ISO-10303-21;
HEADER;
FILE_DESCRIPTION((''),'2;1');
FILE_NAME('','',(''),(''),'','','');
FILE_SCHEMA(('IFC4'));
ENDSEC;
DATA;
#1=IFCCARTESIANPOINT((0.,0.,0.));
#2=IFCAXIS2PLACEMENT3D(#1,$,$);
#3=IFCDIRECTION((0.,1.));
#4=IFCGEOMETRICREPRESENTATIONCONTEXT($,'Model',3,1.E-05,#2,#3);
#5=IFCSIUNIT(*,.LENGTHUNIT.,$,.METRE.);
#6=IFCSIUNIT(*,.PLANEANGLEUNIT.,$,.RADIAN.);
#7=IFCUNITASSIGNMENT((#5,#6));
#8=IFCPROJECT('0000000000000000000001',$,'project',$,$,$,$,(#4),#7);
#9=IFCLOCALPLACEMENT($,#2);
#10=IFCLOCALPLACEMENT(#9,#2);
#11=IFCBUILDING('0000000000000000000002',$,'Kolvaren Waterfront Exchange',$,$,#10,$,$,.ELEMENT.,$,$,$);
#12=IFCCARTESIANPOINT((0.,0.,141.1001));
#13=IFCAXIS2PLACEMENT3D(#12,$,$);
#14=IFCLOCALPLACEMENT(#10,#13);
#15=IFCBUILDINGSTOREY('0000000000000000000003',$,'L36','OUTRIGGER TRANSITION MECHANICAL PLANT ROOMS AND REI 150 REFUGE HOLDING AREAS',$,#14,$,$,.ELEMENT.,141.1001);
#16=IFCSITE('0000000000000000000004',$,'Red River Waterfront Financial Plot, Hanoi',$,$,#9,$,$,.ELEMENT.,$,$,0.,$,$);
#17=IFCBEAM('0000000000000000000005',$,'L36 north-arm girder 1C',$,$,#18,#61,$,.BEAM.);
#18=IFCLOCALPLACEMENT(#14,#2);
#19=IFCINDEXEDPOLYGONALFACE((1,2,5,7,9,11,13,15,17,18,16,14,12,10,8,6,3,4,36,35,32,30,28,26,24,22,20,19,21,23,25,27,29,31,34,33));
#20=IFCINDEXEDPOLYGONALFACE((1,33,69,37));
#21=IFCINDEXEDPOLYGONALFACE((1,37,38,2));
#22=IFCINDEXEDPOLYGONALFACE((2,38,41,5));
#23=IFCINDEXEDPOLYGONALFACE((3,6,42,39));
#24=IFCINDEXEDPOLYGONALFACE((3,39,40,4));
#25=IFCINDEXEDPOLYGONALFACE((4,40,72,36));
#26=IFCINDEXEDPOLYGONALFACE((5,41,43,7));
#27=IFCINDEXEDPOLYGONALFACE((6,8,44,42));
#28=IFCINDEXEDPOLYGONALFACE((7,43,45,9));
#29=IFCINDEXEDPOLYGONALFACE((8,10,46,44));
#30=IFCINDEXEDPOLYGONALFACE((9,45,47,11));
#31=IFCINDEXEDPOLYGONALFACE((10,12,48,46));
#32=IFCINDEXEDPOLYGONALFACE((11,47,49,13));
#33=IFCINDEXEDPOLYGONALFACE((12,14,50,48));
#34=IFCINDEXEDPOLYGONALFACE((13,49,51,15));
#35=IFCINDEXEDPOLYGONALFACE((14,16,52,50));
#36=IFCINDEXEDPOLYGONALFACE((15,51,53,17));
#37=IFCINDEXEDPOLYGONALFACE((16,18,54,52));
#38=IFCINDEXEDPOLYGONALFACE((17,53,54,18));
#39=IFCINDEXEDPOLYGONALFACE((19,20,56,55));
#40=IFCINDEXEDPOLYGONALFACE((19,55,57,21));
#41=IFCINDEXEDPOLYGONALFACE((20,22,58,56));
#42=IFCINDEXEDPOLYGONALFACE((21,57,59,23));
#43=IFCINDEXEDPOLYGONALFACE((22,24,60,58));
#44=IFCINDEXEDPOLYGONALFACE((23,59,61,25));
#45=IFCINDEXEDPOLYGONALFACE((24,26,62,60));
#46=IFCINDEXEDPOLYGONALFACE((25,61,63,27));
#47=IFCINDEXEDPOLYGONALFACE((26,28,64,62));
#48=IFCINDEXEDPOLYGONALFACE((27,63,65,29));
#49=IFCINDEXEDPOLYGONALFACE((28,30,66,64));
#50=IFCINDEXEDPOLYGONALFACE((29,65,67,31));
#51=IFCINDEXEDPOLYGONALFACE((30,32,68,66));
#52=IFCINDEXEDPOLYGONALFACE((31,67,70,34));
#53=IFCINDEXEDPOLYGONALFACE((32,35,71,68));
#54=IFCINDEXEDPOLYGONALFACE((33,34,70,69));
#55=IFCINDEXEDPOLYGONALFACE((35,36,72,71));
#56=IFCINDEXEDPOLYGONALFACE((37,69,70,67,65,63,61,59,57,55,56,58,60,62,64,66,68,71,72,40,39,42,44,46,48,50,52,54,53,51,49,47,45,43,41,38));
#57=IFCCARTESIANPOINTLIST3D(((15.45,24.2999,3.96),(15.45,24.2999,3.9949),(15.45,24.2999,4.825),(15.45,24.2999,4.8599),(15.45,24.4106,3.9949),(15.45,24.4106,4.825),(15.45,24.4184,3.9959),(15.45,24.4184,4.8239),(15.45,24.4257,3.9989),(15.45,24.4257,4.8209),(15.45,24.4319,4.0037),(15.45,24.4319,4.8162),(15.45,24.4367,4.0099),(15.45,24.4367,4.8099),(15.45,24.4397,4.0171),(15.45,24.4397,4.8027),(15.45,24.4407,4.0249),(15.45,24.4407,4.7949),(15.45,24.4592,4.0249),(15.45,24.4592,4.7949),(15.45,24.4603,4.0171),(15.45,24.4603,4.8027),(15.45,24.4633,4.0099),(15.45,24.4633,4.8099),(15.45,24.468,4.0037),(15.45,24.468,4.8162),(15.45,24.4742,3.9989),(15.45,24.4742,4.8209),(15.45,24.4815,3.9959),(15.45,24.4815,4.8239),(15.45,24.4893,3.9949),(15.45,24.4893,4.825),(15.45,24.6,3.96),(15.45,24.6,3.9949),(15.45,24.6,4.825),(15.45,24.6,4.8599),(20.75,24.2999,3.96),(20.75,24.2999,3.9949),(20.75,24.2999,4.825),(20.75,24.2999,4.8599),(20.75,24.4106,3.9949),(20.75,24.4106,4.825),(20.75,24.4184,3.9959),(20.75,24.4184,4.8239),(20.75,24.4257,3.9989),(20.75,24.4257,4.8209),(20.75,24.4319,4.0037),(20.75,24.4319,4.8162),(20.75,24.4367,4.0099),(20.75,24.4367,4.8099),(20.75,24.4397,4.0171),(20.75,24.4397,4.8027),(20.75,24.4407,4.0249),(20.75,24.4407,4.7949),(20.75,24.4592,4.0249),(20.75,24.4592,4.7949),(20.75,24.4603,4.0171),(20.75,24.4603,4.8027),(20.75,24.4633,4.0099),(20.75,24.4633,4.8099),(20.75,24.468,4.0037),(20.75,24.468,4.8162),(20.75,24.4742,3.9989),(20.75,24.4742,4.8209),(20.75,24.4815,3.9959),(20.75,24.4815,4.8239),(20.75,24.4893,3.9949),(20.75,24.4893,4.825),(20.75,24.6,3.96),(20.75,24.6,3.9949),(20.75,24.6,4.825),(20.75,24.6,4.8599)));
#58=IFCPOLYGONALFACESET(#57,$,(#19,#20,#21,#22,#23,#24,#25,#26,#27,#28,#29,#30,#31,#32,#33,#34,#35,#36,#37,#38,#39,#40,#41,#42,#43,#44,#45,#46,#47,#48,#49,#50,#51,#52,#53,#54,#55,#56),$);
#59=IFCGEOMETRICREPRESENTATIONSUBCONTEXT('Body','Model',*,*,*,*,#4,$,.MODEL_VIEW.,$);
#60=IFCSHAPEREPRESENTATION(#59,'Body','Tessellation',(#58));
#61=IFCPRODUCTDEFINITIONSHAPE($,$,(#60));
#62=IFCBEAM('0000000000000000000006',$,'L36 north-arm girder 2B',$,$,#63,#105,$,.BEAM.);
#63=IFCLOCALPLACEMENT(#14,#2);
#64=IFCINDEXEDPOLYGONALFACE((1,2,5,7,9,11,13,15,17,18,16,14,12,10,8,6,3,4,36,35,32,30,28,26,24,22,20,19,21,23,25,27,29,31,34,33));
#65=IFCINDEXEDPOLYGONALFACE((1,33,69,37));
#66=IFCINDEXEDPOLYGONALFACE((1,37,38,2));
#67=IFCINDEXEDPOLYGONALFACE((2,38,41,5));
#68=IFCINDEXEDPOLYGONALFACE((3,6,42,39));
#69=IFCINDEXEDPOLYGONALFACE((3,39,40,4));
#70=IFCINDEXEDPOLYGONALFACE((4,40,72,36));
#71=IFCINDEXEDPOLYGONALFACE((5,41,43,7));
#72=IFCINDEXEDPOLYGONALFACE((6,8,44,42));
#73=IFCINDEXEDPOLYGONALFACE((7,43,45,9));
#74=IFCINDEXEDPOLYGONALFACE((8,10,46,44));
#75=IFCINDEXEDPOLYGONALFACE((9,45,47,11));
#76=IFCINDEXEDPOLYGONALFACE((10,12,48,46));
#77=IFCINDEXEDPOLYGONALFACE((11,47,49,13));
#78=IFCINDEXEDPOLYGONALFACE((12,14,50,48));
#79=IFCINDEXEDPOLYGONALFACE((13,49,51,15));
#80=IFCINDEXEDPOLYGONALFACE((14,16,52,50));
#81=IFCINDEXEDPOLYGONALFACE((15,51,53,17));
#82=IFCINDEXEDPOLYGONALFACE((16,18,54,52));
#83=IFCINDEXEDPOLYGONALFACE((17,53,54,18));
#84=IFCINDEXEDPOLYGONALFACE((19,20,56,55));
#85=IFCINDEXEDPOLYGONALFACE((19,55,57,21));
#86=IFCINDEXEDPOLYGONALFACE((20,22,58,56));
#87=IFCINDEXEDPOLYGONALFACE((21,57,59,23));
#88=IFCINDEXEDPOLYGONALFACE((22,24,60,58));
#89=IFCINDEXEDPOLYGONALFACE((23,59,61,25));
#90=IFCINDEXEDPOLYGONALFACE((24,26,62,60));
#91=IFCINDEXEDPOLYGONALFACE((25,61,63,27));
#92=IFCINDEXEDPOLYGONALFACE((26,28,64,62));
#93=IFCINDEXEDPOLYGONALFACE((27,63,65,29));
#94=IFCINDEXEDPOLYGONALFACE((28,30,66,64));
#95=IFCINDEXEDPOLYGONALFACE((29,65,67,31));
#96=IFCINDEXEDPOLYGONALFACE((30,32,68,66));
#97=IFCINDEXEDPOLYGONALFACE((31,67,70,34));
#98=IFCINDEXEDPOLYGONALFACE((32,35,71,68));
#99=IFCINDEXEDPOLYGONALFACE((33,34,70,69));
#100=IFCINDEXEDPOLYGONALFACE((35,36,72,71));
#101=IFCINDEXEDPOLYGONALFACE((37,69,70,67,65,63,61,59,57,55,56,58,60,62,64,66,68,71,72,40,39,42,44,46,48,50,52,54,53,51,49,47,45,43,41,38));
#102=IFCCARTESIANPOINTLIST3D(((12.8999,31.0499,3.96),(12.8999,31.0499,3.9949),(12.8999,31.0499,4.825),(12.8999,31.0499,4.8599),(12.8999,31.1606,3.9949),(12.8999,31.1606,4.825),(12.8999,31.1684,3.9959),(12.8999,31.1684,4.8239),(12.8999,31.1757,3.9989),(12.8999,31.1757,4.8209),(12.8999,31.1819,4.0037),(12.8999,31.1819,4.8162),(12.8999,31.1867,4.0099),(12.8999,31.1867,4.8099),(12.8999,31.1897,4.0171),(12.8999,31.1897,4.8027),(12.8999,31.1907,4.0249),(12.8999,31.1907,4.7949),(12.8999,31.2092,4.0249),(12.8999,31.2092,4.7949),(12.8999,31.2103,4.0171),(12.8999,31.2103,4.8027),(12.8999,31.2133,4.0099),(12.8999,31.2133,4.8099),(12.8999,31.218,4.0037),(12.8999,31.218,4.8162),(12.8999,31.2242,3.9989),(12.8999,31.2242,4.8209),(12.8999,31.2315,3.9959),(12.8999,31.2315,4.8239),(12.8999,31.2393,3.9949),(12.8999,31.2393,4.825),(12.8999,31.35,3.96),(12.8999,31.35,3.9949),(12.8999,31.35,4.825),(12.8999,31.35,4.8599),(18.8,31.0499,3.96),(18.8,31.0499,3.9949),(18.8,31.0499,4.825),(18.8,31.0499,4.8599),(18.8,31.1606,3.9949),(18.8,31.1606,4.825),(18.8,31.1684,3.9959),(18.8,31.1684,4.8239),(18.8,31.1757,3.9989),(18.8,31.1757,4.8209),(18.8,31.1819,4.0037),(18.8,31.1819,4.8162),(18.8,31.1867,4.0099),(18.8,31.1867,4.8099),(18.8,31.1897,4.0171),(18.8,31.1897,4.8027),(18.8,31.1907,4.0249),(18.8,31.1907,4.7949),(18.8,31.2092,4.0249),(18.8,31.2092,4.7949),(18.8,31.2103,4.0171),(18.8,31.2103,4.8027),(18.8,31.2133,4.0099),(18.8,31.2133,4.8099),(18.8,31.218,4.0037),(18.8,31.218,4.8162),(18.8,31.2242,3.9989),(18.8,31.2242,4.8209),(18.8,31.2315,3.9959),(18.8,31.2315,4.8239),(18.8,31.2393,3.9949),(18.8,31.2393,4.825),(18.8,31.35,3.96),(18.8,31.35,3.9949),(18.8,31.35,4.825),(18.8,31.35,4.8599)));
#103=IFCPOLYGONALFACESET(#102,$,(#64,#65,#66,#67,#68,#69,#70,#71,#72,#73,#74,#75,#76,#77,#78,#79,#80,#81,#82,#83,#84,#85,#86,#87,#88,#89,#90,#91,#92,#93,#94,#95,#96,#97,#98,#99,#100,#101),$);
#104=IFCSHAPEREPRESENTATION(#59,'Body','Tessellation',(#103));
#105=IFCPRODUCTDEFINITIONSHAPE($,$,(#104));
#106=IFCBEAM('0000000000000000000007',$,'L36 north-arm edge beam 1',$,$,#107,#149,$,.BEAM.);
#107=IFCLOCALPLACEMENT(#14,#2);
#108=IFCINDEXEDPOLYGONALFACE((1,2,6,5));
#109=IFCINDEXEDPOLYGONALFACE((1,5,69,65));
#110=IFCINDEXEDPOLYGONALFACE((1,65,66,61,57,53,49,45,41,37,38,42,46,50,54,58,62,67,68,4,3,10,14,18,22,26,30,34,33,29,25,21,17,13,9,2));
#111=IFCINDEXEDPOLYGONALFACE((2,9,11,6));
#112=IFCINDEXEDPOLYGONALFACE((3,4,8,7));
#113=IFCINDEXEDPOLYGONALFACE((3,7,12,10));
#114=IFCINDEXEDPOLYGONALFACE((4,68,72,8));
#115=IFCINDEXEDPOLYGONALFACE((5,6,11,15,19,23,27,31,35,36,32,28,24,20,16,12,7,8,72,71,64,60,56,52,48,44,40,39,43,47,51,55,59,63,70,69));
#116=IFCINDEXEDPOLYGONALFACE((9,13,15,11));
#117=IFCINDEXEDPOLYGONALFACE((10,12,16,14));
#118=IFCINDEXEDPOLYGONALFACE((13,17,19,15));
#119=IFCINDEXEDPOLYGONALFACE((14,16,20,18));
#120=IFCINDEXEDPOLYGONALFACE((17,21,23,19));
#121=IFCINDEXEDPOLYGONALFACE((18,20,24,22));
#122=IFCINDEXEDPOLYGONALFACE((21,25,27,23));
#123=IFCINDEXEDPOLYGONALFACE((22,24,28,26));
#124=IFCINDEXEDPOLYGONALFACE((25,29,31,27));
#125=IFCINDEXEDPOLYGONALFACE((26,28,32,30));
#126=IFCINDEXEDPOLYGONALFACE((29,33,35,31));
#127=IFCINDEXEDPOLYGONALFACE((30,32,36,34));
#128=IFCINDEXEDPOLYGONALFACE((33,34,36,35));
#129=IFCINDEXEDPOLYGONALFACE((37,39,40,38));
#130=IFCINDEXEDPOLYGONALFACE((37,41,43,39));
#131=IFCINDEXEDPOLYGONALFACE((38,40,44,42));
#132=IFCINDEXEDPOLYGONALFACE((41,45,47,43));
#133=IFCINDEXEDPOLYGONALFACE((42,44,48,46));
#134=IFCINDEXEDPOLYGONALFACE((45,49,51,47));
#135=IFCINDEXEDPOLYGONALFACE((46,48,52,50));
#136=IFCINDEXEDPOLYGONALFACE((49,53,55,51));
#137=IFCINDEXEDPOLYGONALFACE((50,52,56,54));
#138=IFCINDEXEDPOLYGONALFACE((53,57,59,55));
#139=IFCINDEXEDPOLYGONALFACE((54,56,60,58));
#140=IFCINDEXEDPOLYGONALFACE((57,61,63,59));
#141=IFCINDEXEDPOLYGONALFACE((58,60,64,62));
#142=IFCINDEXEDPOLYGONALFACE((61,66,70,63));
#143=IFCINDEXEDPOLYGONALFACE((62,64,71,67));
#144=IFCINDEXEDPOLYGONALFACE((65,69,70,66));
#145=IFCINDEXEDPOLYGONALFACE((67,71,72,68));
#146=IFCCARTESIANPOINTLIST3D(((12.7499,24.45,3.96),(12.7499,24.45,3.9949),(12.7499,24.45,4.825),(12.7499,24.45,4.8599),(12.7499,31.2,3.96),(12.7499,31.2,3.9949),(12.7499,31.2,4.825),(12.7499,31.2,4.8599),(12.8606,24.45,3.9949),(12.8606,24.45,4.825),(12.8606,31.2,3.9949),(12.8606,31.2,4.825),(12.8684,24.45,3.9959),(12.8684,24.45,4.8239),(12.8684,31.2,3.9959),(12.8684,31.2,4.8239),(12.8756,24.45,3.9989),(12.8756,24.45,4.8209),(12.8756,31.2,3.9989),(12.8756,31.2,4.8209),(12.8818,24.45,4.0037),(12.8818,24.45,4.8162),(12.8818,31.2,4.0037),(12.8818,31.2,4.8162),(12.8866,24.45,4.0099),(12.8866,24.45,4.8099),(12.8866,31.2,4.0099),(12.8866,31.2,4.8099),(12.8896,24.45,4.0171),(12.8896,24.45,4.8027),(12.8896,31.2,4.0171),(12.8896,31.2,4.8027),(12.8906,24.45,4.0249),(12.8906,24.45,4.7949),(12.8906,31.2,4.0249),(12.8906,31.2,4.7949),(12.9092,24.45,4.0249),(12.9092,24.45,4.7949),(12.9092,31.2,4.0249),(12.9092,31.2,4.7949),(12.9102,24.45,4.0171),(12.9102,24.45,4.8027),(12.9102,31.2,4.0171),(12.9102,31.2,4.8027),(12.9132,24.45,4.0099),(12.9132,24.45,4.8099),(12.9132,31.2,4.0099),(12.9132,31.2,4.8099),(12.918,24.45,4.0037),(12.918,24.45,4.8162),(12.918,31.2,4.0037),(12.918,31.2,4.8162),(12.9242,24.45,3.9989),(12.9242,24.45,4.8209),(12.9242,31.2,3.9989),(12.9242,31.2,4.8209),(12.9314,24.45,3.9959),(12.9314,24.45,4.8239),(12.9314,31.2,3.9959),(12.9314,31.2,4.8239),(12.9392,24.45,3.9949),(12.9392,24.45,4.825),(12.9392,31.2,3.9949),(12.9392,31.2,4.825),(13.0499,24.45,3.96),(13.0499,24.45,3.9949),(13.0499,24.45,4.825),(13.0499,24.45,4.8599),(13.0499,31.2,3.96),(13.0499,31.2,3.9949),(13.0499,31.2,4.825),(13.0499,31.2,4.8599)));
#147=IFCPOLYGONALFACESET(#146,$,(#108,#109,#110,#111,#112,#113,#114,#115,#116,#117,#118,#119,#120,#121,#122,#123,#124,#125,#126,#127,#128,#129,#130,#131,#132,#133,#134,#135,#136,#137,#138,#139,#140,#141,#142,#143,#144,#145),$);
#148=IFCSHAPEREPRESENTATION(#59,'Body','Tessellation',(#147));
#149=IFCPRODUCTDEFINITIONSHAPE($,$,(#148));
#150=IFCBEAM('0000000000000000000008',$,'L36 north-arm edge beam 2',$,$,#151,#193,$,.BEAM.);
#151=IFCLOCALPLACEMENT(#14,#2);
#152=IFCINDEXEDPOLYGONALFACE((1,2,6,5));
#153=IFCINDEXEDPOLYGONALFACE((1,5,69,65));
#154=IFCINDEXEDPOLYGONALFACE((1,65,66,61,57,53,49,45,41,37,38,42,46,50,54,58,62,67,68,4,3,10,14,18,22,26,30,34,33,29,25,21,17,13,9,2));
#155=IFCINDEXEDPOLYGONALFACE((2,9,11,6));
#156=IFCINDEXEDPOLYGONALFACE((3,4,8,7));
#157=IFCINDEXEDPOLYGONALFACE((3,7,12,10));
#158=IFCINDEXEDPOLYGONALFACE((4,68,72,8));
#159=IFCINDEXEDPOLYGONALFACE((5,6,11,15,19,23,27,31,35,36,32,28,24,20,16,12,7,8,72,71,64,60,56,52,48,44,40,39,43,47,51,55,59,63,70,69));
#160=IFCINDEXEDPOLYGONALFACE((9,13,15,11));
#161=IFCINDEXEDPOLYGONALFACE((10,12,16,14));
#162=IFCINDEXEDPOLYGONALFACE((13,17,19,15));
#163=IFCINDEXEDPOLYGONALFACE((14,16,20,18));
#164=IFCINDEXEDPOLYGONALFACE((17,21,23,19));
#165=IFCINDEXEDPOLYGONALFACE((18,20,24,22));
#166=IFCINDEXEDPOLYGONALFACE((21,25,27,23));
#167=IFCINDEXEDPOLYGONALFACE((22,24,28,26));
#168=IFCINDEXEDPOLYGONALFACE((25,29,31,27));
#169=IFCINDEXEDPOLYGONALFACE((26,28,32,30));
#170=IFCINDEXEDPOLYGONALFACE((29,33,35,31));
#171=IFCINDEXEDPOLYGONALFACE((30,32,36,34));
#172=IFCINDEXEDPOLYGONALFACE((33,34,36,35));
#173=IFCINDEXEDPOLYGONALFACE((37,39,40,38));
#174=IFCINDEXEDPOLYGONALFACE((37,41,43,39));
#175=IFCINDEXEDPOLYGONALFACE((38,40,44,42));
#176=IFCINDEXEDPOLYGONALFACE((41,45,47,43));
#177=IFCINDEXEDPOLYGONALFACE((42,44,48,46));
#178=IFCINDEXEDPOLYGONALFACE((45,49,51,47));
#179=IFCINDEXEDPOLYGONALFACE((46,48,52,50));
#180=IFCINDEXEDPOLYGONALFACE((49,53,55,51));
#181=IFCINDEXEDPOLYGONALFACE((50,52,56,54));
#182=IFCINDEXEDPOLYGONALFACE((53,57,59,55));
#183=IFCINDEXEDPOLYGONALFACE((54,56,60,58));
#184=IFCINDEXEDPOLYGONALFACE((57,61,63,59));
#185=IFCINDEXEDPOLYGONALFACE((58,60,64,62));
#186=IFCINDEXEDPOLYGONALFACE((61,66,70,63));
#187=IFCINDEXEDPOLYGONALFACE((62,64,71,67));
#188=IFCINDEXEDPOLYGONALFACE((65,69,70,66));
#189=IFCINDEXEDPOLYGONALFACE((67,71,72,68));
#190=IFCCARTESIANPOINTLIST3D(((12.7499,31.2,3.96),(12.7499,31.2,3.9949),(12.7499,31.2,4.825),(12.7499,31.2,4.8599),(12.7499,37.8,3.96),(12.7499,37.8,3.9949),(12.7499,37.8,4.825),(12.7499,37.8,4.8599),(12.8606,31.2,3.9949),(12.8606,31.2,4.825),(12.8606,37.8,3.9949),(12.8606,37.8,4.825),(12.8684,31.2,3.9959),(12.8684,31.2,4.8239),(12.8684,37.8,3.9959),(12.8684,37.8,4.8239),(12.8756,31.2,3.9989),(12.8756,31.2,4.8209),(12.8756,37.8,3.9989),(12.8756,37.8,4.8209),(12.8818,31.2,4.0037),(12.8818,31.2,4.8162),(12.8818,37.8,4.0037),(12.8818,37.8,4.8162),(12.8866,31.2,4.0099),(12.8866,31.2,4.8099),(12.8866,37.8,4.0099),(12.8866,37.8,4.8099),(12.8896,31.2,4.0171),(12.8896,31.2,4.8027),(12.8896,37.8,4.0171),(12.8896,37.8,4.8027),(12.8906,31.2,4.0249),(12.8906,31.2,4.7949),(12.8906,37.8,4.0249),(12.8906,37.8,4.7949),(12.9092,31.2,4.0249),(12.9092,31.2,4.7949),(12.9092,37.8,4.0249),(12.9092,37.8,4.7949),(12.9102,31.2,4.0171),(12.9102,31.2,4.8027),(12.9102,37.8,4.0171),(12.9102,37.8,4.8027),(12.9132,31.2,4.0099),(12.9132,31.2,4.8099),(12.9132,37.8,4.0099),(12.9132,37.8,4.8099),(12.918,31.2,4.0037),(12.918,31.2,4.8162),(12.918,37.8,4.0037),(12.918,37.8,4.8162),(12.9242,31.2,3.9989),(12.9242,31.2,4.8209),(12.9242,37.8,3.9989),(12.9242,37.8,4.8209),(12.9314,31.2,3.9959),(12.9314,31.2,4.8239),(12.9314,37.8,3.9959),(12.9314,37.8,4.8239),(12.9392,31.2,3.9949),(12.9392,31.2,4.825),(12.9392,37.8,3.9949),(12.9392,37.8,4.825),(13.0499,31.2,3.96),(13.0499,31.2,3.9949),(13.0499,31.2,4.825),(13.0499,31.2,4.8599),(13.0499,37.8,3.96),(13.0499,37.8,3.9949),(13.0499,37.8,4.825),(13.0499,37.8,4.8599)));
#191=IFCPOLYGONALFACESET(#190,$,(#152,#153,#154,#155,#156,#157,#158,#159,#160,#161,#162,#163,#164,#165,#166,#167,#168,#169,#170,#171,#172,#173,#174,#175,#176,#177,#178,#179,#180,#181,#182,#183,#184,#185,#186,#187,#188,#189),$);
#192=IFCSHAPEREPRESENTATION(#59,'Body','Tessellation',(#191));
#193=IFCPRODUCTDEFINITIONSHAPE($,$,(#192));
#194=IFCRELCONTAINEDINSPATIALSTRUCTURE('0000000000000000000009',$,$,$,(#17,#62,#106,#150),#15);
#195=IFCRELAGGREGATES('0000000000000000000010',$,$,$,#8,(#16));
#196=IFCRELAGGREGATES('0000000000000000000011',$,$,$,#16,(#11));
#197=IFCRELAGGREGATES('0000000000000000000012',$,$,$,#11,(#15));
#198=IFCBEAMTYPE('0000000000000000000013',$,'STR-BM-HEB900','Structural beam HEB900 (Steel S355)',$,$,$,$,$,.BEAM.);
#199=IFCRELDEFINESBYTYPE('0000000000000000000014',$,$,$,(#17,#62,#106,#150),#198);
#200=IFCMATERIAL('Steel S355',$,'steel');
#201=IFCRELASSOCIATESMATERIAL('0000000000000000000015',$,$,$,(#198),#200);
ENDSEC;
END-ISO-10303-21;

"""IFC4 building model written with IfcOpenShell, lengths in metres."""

from ifc_helpers import new_model, si_unit, direction, frame, origin, origin_2d, place, context, subcontext, project, spatial, i_section, extrude, material, material_profile, profile_set, type_object, element, save


model = new_model("IFC4")

# Units and contexts
model_context = context("Model", 3, precision=1e-05, world=origin(), true_north=direction((0.0, 1.0)))
body_context = subcontext(model_context, "Body", "Model", "MODEL_VIEW")
ifc_project = project(units=[si_unit("LENGTHUNIT", "METRE"), si_unit("PLANEANGLEUNIT", "RADIAN")], contexts=[model_context])

# Site, building, storey
site_placement = place(None, origin())
site = spatial("IfcSite", under=ifc_project, at=site_placement, Name="Red River Waterfront Financial Plot, Hanoi", CompositionType="ELEMENT", RefElevation=0.0)
building_placement = place(site_placement, origin())
building = spatial("IfcBuilding", under=site, at=building_placement, Name="Kolvaren Waterfront Exchange", CompositionType="ELEMENT")
storey_placement = place(building_placement, frame((0.0, 0.0, 141.1001)))
storey = spatial("IfcBuildingStorey", under=building, at=storey_placement, Name="L36", Description="OUTRIGGER TRANSITION MECHANICAL PLANT ROOMS AND REI 150 REFUGE HOLDING AREAS", CompositionType="ELEMENT", Elevation=141.1001)

# Beams
ifc_material_1 = material(Name="Steel S355", Category="steel")
ifc_material_profile_1 = material_profile(ifc_material_1, i_section(OverallWidth=0.3, OverallDepth=0.8999, WebThickness=0.0186, FlangeThickness=0.0349, FilletRadius=0.03, at=origin_2d()), Name="HEB900")
ifc_profile_set_1 = profile_set([ifc_material_profile_1], Name="Steel S355")
beam_type_1 = type_object("IfcBeamType", Name="STR-BM-HEB900", Description="Structural beam HEB900 (Steel S355)", PredefinedType="BEAM", material=ifc_profile_set_1)
beam_1_placement = place(storey_placement, frame((15.45, 24.45, 4.4099), z_axis=(1.0, 0.0, 0.0), x_axis=(0.0, 1.0, 0.0)))
element("IfcBeam", 1, at=beam_1_placement, inside=storey, type_object=beam_type_1, Name="L36 north-arm girder 1C", PredefinedType="BEAM", context=body_context, shape_type="SweptSolid", body=[
    extrude(i_section(OverallWidth=0.3, OverallDepth=0.8999, WebThickness=0.0186, FlangeThickness=0.0349, FilletRadius=0.03, at=origin_2d()), origin(), (0.0, 0.0, 1.0), 5.3),
])
beam_2_placement = place(storey_placement, frame((12.8999, 31.2, 4.4099), z_axis=(1.0, 0.0, 0.0), x_axis=(0.0, 1.0, 0.0)))
element("IfcBeam", 2, at=beam_2_placement, inside=storey, type_object=beam_type_1, Name="L36 north-arm girder 2B", PredefinedType="BEAM", context=body_context, shape_type="SweptSolid", body=[
    extrude(i_section(OverallWidth=0.3, OverallDepth=0.8999, WebThickness=0.0186, FlangeThickness=0.0349, FilletRadius=0.03, at=origin_2d()), origin(), (0.0, 0.0, 1.0), 5.9001),
])
beam_3_placement = place(storey_placement, frame((12.8999, 24.45, 4.4099), z_axis=(0.0, 1.0, 0.0), x_axis=(-1.0, 0.0, 0.0)))
element("IfcBeam", 3, at=beam_3_placement, inside=storey, type_object=beam_type_1, Name="L36 north-arm edge beam 1", PredefinedType="BEAM", context=body_context, shape_type="SweptSolid", body=[
    extrude(i_section(OverallWidth=0.3, OverallDepth=0.8999, WebThickness=0.0186, FlangeThickness=0.0349, FilletRadius=0.03, at=origin_2d()), origin(), (0.0, 0.0, 1.0), 6.75),
])
beam_4_placement = place(storey_placement, frame((12.8999, 31.2, 4.4099), z_axis=(0.0, 1.0, 0.0), x_axis=(-1.0, 0.0, 0.0)))
element("IfcBeam", 4, at=beam_4_placement, inside=storey, type_object=beam_type_1, Name="L36 north-arm edge beam 2", PredefinedType="BEAM", context=body_context, shape_type="SweptSolid", body=[
    extrude(i_section(OverallWidth=0.3, OverallDepth=0.8999, WebThickness=0.0186, FlangeThickness=0.0349, FilletRadius=0.03, at=origin_2d()), origin(), (0.0, 0.0, 1.0), 6.6001),
])

save(model, "model.ifc")
